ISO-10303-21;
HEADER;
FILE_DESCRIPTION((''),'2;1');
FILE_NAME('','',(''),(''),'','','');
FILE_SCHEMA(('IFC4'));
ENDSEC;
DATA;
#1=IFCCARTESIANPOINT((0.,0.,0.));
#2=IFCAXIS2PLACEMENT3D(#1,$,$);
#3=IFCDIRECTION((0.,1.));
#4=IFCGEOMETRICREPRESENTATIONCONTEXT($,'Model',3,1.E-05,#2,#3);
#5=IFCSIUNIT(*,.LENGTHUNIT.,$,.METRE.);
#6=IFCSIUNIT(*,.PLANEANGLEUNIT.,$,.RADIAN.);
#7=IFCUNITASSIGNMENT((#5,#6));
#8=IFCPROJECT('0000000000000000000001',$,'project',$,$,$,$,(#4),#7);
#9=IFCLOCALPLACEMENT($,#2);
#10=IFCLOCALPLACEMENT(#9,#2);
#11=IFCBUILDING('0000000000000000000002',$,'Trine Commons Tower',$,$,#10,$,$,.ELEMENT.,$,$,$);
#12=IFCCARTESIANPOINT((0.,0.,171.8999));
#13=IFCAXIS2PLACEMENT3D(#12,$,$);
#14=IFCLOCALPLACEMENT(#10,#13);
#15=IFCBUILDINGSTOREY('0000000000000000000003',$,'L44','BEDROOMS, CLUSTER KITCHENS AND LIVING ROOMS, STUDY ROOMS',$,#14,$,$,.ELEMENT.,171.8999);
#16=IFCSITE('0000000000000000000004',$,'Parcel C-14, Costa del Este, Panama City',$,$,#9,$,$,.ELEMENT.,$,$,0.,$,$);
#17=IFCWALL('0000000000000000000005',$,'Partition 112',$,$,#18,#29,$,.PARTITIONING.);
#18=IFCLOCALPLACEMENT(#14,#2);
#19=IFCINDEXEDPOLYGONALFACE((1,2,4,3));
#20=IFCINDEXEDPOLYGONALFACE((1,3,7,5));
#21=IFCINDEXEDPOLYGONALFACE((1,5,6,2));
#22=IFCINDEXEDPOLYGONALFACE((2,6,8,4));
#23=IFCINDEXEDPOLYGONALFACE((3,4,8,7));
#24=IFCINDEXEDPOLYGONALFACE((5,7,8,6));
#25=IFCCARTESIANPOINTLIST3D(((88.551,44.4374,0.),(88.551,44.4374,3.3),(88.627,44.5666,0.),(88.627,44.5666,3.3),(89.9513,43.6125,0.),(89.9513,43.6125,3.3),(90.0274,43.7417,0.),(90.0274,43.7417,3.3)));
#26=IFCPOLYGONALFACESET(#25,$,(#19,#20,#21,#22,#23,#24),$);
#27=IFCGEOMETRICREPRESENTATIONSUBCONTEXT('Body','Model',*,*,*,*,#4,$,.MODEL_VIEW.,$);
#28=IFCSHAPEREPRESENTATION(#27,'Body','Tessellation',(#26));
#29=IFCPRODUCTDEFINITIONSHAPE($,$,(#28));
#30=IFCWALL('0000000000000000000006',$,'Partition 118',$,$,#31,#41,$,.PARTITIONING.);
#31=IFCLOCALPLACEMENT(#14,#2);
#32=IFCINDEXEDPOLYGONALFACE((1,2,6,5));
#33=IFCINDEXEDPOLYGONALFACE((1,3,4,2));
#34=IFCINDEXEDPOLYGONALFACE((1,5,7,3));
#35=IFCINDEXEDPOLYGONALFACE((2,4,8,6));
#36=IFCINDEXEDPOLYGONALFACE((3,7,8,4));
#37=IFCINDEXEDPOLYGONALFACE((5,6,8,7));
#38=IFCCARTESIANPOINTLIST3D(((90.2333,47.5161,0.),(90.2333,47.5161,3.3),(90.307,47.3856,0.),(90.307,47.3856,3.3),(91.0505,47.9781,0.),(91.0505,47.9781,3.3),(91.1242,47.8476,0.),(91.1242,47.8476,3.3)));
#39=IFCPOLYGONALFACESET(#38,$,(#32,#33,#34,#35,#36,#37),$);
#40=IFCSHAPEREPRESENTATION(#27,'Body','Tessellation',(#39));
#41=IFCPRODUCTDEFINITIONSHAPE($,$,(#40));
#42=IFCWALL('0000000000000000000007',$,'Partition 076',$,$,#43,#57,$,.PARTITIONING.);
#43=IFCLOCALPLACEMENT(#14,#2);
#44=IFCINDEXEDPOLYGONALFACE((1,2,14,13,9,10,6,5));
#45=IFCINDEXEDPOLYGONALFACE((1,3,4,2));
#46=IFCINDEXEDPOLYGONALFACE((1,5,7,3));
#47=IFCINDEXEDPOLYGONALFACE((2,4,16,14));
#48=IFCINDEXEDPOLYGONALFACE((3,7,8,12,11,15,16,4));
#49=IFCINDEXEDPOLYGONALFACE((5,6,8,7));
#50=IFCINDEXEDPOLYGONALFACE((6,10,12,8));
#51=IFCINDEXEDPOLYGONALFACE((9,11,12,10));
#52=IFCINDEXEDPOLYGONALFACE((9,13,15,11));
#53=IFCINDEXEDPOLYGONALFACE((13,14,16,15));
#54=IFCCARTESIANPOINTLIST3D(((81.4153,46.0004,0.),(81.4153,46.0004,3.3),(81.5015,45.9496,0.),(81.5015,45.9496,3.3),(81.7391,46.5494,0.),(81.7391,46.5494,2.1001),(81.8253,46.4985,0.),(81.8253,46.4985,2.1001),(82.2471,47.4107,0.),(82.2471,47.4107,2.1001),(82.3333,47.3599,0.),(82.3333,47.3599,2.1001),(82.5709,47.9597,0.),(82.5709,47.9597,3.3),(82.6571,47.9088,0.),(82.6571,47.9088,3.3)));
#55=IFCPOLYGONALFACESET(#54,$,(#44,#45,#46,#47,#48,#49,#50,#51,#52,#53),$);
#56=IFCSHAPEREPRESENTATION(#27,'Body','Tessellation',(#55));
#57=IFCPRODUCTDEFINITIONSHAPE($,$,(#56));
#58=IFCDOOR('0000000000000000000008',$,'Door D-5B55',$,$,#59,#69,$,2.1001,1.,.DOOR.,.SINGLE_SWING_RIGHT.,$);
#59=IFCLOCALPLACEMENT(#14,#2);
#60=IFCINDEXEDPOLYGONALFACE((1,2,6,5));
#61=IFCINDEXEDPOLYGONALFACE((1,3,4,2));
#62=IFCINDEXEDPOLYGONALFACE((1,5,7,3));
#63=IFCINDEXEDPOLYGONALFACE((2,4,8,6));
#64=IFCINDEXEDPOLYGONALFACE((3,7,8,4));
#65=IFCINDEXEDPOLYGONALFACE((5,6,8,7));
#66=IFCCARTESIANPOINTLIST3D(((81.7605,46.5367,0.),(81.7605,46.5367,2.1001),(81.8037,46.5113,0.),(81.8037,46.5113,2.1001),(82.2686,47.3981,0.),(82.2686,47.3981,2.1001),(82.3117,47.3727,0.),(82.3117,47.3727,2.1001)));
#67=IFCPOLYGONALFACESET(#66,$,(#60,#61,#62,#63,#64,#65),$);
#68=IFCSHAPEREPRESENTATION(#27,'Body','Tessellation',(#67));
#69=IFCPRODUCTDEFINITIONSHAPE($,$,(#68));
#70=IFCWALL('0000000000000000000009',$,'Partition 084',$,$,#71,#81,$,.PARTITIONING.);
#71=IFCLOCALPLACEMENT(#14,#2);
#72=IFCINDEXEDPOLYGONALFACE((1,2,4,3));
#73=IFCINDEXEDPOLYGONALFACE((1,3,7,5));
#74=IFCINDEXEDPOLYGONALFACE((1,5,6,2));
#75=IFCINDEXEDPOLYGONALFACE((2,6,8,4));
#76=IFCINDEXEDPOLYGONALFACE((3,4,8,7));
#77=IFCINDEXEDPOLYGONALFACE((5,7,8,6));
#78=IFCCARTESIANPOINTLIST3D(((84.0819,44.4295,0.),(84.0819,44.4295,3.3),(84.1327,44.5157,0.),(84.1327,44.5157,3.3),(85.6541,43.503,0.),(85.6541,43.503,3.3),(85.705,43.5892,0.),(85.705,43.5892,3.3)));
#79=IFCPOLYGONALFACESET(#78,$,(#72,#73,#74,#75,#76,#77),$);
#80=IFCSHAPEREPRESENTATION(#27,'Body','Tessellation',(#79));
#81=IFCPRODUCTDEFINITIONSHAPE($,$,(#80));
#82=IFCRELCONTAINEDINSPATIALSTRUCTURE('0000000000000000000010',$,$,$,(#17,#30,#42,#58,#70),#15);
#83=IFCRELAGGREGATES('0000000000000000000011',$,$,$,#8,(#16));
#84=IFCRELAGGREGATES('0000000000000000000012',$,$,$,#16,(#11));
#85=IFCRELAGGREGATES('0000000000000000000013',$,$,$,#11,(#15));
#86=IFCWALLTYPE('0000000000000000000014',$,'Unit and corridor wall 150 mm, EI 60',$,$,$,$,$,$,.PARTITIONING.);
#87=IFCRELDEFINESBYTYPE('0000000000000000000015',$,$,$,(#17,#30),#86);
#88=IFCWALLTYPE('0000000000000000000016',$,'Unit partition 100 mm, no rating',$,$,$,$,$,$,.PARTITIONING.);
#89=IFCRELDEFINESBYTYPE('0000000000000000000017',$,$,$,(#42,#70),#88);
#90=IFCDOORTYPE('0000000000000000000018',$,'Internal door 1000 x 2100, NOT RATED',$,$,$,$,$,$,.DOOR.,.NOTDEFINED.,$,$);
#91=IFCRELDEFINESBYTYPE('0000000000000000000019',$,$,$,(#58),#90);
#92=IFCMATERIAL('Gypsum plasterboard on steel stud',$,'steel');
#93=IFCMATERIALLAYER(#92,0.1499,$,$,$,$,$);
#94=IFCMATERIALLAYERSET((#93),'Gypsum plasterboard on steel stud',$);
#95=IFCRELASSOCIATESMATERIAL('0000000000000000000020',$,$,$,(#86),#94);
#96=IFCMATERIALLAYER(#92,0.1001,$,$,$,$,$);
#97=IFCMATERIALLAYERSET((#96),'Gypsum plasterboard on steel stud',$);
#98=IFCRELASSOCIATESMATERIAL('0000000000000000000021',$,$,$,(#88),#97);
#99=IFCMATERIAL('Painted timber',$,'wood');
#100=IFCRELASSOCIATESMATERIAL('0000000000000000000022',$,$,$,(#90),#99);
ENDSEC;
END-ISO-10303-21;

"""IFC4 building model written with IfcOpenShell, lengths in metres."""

from ifc_helpers import new_model, si_unit, direction, frame, frame_2d, origin, place, context, subcontext, project, spatial, rectangle, extrude, material, layer, layer_set, type_object, element, fill, save


model = new_model("IFC4")

# Units and contexts
model_context = context("Model", 3, precision=1e-05, world=origin(), true_north=direction((0.0, 1.0)))
body_context = subcontext(model_context, "Body", "Model", "MODEL_VIEW")
ifc_project = project(units=[si_unit("LENGTHUNIT", "METRE"), si_unit("PLANEANGLEUNIT", "RADIAN")], contexts=[model_context])

# Site, building, storey
site_placement = place(None, origin())
site = spatial("IfcSite", under=ifc_project, at=site_placement, Name="Parcel C-14, Costa del Este, Panama City", CompositionType="ELEMENT", RefElevation=0.0)
building_placement = place(site_placement, origin())
building = spatial("IfcBuilding", under=site, at=building_placement, Name="Trine Commons Tower", CompositionType="ELEMENT")
storey_placement = place(building_placement, frame((0.0, 0.0, 171.8999)))
storey = spatial("IfcBuildingStorey", under=building, at=storey_placement, Name="L44", Description="BEDROOMS, CLUSTER KITCHENS AND LIVING ROOMS, STUDY ROOMS", CompositionType="ELEMENT", Elevation=171.8999)

# Shared definitions
ifc_material_1 = material(Name="Gypsum plasterboard on steel stud", Category="steel")
ifc_layer_1 = layer(ifc_material_1, 0.1499)
ifc_layer_set_1 = layer_set([ifc_layer_1], Name="Gypsum plasterboard on steel stud")
wall_type_1 = type_object("IfcWallType", Name="Unit and corridor wall 150 mm, EI 60", PredefinedType="PARTITIONING", material=ifc_layer_set_1)

# Walls
wall_1_placement = place(storey_placement, frame((88.5891, 44.502, 0.0), z_axis=(0.0, 0.0, 1.0), x_axis=(0.861614, -0.507565, 0.0)))
element("IfcWall", 1, at=wall_1_placement, inside=storey, type_object=wall_type_1, Name="Partition 112", PredefinedType="PARTITIONING", context=body_context, shape_type="SweptSolid", body=[
    extrude(rectangle(XDim=1.6252, YDim=0.1499, at=frame_2d((0.8125, 0.0))), origin(), (0.0, 0.0, 1.0), 3.3),
])
wall_2_placement = place(storey_placement, frame((90.2703, 47.4509, 0.0), z_axis=(0.0, 0.0, 1.0), x_axis=(0.870539, 0.4921, 0.0)))
element("IfcWall", 2, at=wall_2_placement, inside=storey, type_object=wall_type_1, Name="Partition 118", PredefinedType="PARTITIONING", context=body_context, shape_type="SweptSolid", body=[
    extrude(rectangle(XDim=0.9387, YDim=0.1499, at=frame_2d((0.4692, 0.0))), origin(), (0.0, 0.0, 1.0), 3.3),
])

# Wall, opening, door
ifc_layer_2 = layer(ifc_material_1, 0.1001)
ifc_layer_set_2 = layer_set([ifc_layer_2], Name="Gypsum plasterboard on steel stud")
wall_type_2 = type_object("IfcWallType", Name="Unit partition 100 mm, no rating", PredefinedType="PARTITIONING", material=ifc_layer_set_2)
wall_3_placement = place(storey_placement, frame((81.4585, 45.9751, 0.0), z_axis=(0.0, 0.0, 1.0), x_axis=(0.50801, 0.861351, 0.0)))
wall_3 = element("IfcWall", 3, at=wall_3_placement, inside=storey, type_object=wall_type_2, Name="Partition 076", PredefinedType="PARTITIONING", context=body_context, shape_type="SweptSolid", body=[
    extrude(rectangle(XDim=2.2747, YDim=0.1001, at=frame_2d((1.1372, 0.0))), origin(), (0.0, 0.0, 1.0), 3.3),
])
opening_1_placement = place(wall_3_placement, frame((0.6372, 0.0, 0.0)))
opening_1 = element("IfcOpeningElement", 4, at=opening_1_placement, cuts=wall_3, PredefinedType="OPENING", context=body_context, shape_type="SweptSolid", body=[
    extrude(rectangle(XDim=1.0, YDim=2.1001, at=frame_2d((0.5, 1.05))), frame((0.0, 0.0601, 0.0), z_axis=(0.0, -1.0, 0.0), x_axis=(1.0, 0.0, 0.0)), (0.0, 0.0, 1.0), 0.1201),
])
ifc_material_2 = material(Name="Painted timber", Category="wood")
door_type_1 = type_object("IfcDoorType", Name="Internal door 1000 x 2100, NOT RATED", OperationType="NOTDEFINED", PredefinedType="DOOR", material=ifc_material_2)
door_1_placement = place(opening_1_placement, frame((1.0, 0.0, 0.0), z_axis=(0.0, 0.0, 1.0), x_axis=(-1.0, 0.0, 0.0)))
door_1 = element("IfcDoor", 5, at=door_1_placement, inside=storey, type_object=door_type_1, Name="Door D-5B55", OperationType="SINGLE_SWING_RIGHT", OverallHeight=2.1001, OverallWidth=1.0, PredefinedType="DOOR", context=body_context, shape_type="SweptSolid", body=[
    extrude(rectangle(XDim=1.0, YDim=2.1001, at=frame_2d((0.5, 1.05))), frame((0.0, 0.0249, 0.0), z_axis=(0.0, -1.0, 0.0), x_axis=(1.0, 0.0, 0.0)), (0.0, 0.0, 1.0), 0.05),
])
fill(opening_1, door_1)

# Wall
wall_4_placement = place(storey_placement, frame((84.1072, 44.4727, 0.0), z_axis=(0.0, 0.0, 1.0), x_axis=(0.861538, -0.507692, 0.0)))
element("IfcWall", 6, at=wall_4_placement, inside=storey, type_object=wall_type_2, Name="Partition 084", PredefinedType="PARTITIONING", context=body_context, shape_type="SweptSolid", body=[
    extrude(rectangle(XDim=1.825, YDim=0.1001, at=frame_2d((0.9126, 0.0))), origin(), (0.0, 0.0, 1.0), 3.3),
])

save(model, "model.ifc")
